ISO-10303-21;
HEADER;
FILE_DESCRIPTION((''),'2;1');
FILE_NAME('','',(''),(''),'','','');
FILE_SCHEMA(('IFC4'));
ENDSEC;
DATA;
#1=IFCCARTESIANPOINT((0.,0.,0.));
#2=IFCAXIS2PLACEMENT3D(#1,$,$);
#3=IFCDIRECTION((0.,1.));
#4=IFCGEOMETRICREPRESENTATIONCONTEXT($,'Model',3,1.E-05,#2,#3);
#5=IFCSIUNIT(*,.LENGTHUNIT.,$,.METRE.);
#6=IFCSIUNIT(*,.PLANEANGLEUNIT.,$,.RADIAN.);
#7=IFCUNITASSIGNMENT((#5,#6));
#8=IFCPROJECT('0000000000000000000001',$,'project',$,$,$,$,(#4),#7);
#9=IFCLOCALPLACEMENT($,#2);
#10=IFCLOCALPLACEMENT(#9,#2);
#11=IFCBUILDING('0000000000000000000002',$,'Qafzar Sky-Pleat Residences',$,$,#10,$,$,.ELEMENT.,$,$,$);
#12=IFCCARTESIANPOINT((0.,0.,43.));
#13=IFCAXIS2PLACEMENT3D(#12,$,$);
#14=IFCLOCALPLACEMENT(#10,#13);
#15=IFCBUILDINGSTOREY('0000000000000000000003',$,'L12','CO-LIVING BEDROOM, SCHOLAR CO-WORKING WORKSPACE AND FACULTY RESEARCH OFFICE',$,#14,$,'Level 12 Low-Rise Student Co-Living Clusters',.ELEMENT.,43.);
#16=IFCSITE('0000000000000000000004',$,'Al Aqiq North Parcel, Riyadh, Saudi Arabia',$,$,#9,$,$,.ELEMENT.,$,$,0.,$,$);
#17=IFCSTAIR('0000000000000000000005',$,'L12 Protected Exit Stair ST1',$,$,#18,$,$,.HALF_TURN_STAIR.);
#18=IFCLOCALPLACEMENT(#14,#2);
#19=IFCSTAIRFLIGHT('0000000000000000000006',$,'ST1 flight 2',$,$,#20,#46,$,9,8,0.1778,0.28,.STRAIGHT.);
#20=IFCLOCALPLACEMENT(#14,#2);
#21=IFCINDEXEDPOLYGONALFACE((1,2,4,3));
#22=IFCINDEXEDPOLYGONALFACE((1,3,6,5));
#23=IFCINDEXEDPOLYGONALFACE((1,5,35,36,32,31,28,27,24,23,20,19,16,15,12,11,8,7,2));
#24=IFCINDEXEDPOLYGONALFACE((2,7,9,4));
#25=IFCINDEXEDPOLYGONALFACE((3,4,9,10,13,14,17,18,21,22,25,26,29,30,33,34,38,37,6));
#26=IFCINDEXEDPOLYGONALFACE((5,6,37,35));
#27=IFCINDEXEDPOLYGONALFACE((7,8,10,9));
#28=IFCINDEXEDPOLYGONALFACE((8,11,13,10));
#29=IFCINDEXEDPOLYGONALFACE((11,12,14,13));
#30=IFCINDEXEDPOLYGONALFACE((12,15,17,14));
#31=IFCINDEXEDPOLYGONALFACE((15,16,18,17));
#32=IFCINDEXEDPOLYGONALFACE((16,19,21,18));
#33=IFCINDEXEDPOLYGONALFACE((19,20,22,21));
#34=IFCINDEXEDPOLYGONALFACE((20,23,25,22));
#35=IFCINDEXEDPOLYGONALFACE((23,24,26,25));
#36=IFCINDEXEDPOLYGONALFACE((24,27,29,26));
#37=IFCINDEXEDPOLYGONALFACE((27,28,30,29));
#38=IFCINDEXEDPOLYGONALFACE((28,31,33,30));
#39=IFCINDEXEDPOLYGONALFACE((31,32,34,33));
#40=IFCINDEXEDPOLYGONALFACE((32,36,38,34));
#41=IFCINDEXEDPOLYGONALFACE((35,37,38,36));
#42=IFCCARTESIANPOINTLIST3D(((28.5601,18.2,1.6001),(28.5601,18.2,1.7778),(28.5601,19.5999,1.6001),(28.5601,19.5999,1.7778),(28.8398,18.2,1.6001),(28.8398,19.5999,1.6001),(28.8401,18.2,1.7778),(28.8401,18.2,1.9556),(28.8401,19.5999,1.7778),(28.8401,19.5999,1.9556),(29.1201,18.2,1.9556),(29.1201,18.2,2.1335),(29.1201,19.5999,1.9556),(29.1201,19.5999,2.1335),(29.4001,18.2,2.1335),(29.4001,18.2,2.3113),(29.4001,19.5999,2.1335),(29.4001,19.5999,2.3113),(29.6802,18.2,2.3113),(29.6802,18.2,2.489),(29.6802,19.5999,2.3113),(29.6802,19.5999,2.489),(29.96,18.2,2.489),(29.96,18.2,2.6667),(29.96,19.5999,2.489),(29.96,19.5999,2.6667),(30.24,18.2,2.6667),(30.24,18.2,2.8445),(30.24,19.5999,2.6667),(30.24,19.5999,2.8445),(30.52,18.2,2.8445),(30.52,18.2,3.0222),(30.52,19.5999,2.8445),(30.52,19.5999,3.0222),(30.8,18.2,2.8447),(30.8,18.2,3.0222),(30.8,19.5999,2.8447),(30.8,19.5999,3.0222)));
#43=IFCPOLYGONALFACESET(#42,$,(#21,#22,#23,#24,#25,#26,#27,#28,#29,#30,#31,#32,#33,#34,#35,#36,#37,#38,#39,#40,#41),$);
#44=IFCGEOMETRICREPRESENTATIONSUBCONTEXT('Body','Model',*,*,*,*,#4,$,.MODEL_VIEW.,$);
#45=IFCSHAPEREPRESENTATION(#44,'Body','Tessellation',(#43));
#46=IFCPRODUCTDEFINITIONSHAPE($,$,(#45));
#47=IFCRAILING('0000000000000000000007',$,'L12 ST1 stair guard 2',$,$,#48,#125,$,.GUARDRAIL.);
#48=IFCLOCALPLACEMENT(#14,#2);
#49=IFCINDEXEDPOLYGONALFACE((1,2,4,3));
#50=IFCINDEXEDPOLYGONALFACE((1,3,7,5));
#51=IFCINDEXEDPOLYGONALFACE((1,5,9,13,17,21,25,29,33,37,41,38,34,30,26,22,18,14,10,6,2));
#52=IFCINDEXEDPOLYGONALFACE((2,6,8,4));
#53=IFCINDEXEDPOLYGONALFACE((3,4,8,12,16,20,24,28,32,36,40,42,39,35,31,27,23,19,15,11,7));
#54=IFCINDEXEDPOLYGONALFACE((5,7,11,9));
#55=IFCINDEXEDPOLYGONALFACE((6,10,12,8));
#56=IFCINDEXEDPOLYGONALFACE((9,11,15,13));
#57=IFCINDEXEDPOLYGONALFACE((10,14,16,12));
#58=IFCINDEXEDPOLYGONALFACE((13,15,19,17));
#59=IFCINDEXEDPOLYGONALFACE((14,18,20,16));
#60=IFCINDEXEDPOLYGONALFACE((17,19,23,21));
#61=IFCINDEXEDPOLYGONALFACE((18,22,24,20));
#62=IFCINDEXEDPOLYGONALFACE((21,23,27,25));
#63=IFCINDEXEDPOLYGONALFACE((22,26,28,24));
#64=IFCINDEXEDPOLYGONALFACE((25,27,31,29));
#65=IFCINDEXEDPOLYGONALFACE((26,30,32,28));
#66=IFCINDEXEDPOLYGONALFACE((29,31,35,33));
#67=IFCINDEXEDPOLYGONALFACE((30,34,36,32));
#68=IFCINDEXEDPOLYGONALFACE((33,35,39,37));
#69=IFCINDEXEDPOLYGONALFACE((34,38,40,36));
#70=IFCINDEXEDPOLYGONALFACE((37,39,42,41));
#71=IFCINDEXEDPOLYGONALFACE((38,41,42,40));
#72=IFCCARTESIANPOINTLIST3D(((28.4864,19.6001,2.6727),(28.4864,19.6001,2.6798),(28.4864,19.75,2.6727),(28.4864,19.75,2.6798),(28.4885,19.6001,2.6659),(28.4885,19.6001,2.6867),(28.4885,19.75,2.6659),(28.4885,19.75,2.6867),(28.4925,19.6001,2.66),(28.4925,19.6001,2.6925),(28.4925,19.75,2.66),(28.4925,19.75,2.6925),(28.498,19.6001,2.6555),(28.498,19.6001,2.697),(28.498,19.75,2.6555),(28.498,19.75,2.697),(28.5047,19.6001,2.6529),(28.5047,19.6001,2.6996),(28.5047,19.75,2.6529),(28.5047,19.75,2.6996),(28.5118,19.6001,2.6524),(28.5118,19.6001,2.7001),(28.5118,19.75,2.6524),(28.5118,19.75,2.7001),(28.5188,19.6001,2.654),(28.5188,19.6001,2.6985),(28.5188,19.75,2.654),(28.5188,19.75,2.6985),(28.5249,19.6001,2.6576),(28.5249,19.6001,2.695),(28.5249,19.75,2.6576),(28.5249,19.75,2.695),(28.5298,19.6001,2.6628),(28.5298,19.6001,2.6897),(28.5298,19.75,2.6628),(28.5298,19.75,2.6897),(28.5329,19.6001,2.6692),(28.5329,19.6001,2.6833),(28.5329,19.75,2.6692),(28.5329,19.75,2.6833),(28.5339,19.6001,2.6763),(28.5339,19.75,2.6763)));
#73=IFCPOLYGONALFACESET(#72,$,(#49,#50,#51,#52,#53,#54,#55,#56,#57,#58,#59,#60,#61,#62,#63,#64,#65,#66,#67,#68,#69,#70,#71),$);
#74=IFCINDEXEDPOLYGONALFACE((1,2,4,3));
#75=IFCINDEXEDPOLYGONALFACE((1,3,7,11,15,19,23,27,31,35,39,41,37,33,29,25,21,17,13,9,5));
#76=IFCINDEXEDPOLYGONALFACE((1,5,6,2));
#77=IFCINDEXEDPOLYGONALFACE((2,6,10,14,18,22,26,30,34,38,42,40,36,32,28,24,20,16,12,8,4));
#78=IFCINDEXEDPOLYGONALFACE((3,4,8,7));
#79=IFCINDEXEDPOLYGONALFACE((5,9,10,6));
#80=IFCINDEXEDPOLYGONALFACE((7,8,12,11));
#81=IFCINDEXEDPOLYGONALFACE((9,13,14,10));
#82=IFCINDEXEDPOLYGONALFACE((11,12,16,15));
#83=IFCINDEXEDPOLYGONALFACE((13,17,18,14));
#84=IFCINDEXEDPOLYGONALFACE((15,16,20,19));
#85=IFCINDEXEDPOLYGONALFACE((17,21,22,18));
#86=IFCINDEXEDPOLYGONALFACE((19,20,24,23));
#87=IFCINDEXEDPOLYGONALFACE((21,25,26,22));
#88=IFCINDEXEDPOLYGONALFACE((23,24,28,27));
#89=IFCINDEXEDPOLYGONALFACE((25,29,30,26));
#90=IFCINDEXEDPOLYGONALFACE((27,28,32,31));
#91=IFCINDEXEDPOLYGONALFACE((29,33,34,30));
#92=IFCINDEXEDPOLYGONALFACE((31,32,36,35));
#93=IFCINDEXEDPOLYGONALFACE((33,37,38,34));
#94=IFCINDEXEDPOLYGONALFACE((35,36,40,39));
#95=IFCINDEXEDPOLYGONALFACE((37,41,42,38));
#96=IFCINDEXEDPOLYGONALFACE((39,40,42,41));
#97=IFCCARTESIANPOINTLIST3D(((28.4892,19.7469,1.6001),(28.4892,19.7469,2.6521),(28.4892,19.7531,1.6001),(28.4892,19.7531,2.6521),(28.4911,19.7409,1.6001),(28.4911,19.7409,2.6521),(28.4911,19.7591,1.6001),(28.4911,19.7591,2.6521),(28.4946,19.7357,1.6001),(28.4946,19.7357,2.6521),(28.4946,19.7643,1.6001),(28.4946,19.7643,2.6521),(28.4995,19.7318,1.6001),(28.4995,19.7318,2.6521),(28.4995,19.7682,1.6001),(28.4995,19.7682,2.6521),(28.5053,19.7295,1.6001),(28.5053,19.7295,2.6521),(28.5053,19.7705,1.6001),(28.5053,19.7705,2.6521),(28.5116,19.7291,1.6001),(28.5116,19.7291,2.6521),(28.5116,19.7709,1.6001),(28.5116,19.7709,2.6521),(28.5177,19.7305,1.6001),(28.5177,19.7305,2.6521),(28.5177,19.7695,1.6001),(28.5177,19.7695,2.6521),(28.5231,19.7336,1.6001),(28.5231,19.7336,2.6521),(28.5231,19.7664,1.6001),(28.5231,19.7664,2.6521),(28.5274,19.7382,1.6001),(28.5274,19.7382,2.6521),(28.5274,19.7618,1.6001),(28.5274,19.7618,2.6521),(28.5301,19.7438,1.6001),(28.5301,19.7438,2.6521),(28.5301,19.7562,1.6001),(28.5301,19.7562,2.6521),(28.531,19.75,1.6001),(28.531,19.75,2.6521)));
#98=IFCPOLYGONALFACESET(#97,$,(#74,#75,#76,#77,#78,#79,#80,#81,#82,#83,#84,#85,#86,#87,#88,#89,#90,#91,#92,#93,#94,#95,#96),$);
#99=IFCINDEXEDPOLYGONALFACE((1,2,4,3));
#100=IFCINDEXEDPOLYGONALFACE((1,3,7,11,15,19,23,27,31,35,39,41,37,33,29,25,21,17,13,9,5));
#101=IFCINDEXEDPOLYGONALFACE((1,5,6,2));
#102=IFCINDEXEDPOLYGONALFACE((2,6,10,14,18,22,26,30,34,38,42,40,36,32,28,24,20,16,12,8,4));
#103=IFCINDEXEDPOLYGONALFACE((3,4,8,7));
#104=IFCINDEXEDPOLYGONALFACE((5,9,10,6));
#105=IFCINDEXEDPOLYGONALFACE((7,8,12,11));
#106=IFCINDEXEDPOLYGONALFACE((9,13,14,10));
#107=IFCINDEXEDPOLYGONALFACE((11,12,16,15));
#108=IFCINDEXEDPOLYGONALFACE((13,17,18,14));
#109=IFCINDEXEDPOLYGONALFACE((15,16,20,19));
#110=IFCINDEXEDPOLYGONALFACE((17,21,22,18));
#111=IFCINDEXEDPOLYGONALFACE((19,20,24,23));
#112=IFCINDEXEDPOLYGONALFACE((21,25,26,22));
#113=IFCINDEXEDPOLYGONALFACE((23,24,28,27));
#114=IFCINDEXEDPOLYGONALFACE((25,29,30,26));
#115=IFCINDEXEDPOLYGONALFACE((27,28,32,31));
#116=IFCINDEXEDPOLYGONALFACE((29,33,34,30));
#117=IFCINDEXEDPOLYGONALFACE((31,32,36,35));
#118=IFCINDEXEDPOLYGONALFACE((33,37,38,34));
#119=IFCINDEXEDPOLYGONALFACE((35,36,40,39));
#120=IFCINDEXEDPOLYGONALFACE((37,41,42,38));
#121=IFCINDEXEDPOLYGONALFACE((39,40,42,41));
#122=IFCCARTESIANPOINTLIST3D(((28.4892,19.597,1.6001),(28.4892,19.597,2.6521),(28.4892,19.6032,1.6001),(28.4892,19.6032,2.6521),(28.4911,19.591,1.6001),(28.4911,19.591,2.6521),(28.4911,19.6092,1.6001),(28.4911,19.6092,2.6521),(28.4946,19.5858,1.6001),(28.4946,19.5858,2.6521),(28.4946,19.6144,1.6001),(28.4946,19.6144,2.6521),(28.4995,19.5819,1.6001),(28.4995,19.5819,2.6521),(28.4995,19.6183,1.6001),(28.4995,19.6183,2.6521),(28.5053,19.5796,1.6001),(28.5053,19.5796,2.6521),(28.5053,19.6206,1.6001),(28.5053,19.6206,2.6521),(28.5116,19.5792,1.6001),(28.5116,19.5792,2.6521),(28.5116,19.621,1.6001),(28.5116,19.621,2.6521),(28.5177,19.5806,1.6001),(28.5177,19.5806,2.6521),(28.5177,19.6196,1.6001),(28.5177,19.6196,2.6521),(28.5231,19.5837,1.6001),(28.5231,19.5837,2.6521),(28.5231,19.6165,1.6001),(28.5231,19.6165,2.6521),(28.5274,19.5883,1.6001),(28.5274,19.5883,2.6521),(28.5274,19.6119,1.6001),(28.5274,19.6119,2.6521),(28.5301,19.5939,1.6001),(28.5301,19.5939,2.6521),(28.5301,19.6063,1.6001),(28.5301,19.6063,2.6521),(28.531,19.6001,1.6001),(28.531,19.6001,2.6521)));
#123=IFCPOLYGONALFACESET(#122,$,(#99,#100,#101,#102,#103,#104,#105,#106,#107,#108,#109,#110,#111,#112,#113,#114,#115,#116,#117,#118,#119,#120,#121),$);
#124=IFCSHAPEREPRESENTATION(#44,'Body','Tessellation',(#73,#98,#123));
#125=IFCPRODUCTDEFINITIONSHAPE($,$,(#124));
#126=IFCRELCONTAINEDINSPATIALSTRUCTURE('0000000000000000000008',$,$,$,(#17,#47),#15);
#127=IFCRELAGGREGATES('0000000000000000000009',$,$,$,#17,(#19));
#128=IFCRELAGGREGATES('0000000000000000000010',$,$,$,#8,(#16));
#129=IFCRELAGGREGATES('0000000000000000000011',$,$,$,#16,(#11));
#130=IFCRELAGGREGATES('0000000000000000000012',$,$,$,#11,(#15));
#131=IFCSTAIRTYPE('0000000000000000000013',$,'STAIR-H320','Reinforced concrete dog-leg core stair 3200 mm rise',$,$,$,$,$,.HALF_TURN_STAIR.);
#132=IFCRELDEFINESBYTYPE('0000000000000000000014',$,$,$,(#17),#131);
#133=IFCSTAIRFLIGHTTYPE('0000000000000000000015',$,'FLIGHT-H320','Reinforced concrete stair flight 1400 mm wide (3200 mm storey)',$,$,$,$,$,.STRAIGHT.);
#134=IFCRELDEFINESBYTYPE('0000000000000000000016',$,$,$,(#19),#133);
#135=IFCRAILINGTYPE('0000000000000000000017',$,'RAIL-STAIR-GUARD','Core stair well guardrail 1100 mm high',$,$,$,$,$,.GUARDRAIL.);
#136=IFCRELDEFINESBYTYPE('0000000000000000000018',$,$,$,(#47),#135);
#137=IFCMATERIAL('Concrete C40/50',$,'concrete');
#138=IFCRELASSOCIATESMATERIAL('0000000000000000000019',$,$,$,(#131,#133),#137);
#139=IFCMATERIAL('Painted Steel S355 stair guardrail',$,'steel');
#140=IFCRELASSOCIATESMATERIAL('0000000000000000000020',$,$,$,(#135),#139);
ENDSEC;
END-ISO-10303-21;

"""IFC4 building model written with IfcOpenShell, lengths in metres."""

from ifc_helpers import new_model, si_unit, direction, frame, origin, origin_2d, place, context, subcontext, project, spatial, polyline, circle, outline, extrude, source, transform, mapped, material, type_object, element, aggregate, save


model = new_model("IFC4")

# Units and contexts
model_context = context("Model", 3, precision=1e-05, world=origin(), true_north=direction((0.0, 1.0)))
body_context = subcontext(model_context, "Body", "Model", "MODEL_VIEW")
ifc_project = project(units=[si_unit("LENGTHUNIT", "METRE"), si_unit("PLANEANGLEUNIT", "RADIAN")], contexts=[model_context])

# Site, building, storey
site_placement = place(None, origin())
site = spatial("IfcSite", under=ifc_project, at=site_placement, Name="Al Aqiq North Parcel, Riyadh, Saudi Arabia", CompositionType="ELEMENT", RefElevation=0.0)
building_placement = place(site_placement, origin())
building = spatial("IfcBuilding", under=site, at=building_placement, Name="Qafzar Sky-Pleat Residences", CompositionType="ELEMENT")
storey_placement = place(building_placement, frame((0.0, 0.0, 43.0)))
storey = spatial("IfcBuildingStorey", under=building, at=storey_placement, Name="L12", Description="CO-LIVING BEDROOM, SCHOLAR CO-WORKING WORKSPACE AND FACULTY RESEARCH OFFICE", LongName="Level 12 Low-Rise Student Co-Living Clusters", CompositionType="ELEMENT", Elevation=43.0)

# Stair, stair flight
ifc_material_1 = material(Name="Concrete C40/50", Category="concrete")
stair_type = type_object("IfcStairType", Name="STAIR-H320", Description="Reinforced concrete dog-leg core stair 3200 mm rise", PredefinedType="HALF_TURN_STAIR", material=ifc_material_1)
stair_placement = place(storey_placement, origin())
stair = element("IfcStair", 1, at=stair_placement, inside=storey, type_object=stair_type, Name="L12 Protected Exit Stair ST1", PredefinedType="HALF_TURN_STAIR")
stair_flight_type = type_object("IfcStairFlightType", Name="FLIGHT-H320", Description="Reinforced concrete stair flight 1400 mm wide (3200 mm storey)", PredefinedType="STRAIGHT", material=ifc_material_1)
shared_shape_1 = source(origin(), body_context, "Body", "SweptSolid", [
    extrude(outline(polyline([(0.0, 0.0), (0.0, 0.1777), (0.28, 0.1777), (0.28, 0.3555), (0.5601, 0.3555), (0.5601, 0.5334), (0.8401, 0.5334), (0.8401, 0.7112), (1.1201, 0.7112), (1.1201, 0.8889), (1.3999, 0.8889), (1.3999, 1.0667), (1.6799, 1.0667), (1.6799, 1.2444), (1.96, 1.2444), (1.96, 1.4221), (2.24, 1.4221), (2.24, 1.6001), (2.24, 1.2446), (0.2798, 0.0), (0.0, 0.0)])), frame((0.0, 0.7, 0.0), z_axis=(0.0, -1.0, 0.0), x_axis=(1.0, 0.0, 0.0)), (0.0, 0.0, 1.0), 1.3999),
])
stair_flight_placement = place(storey_placement, frame((28.5601, 18.8999, 1.6001), z_axis=(0.0, 0.0, 1.0), x_axis=(1.0, 0.0, 0.0)))
stair_flight = element("IfcStairFlight", 2, at=stair_flight_placement, type_object=stair_flight_type, Name="ST1 flight 2", NumberOfRisers=9, NumberOfTreads=8, PredefinedType="STRAIGHT", RiserHeight=0.1778, TreadLength=0.28, context=body_context, shape_type="MappedRepresentation", body=[
    mapped(shared_shape_1, transform((0.0, 0.0, 0.0), x_axis=(1.0, 0.0, 0.0), y_axis=(0.0, 1.0, 0.0), z_axis=(0.0, 0.0, 1.0), scale=1.0)),
])
aggregate(stair, [stair_flight])

# Railing
ifc_material_2 = material(Name="Painted Steel S355 stair guardrail", Category="steel")
railing_type_1 = type_object("IfcRailingType", Name="RAIL-STAIR-GUARD", Description="Core stair well guardrail 1100 mm high", PredefinedType="GUARDRAIL", material=ifc_material_2)
shared_shape_2 = source(origin(), body_context, "Body", "SweptSolid", [
    extrude(circle(Radius=0.0239, at=origin_2d()), frame((0.0, 0.0, 1.0762), z_axis=(0.0, -1.0, 0.0), x_axis=(1.0, 0.0, 0.0)), (0.0, 0.0, 1.0), 0.1499),
    extrude(circle(Radius=0.021, at=origin_2d()), origin(), (0.0, 0.0, 1.0), 1.052),
    extrude(circle(Radius=0.021, at=origin_2d()), frame((0.0, -0.1499, 0.0)), (0.0, 0.0, 1.0), 1.052),
])
railing_placement = place(storey_placement, frame((28.51, 19.75, 1.6001)))
element("IfcRailing", 3, at=railing_placement, inside=storey, type_object=railing_type_1, Name="L12 ST1 stair guard 2", PredefinedType="GUARDRAIL", context=body_context, shape_type="MappedRepresentation", body=[
    mapped(shared_shape_2, transform((0.0, 0.0, 0.0), x_axis=(1.0, 0.0, 0.0), y_axis=(0.0, 1.0, 0.0), z_axis=(0.0, 0.0, 1.0), scale=1.0)),
])

save(model, "model.ifc")
